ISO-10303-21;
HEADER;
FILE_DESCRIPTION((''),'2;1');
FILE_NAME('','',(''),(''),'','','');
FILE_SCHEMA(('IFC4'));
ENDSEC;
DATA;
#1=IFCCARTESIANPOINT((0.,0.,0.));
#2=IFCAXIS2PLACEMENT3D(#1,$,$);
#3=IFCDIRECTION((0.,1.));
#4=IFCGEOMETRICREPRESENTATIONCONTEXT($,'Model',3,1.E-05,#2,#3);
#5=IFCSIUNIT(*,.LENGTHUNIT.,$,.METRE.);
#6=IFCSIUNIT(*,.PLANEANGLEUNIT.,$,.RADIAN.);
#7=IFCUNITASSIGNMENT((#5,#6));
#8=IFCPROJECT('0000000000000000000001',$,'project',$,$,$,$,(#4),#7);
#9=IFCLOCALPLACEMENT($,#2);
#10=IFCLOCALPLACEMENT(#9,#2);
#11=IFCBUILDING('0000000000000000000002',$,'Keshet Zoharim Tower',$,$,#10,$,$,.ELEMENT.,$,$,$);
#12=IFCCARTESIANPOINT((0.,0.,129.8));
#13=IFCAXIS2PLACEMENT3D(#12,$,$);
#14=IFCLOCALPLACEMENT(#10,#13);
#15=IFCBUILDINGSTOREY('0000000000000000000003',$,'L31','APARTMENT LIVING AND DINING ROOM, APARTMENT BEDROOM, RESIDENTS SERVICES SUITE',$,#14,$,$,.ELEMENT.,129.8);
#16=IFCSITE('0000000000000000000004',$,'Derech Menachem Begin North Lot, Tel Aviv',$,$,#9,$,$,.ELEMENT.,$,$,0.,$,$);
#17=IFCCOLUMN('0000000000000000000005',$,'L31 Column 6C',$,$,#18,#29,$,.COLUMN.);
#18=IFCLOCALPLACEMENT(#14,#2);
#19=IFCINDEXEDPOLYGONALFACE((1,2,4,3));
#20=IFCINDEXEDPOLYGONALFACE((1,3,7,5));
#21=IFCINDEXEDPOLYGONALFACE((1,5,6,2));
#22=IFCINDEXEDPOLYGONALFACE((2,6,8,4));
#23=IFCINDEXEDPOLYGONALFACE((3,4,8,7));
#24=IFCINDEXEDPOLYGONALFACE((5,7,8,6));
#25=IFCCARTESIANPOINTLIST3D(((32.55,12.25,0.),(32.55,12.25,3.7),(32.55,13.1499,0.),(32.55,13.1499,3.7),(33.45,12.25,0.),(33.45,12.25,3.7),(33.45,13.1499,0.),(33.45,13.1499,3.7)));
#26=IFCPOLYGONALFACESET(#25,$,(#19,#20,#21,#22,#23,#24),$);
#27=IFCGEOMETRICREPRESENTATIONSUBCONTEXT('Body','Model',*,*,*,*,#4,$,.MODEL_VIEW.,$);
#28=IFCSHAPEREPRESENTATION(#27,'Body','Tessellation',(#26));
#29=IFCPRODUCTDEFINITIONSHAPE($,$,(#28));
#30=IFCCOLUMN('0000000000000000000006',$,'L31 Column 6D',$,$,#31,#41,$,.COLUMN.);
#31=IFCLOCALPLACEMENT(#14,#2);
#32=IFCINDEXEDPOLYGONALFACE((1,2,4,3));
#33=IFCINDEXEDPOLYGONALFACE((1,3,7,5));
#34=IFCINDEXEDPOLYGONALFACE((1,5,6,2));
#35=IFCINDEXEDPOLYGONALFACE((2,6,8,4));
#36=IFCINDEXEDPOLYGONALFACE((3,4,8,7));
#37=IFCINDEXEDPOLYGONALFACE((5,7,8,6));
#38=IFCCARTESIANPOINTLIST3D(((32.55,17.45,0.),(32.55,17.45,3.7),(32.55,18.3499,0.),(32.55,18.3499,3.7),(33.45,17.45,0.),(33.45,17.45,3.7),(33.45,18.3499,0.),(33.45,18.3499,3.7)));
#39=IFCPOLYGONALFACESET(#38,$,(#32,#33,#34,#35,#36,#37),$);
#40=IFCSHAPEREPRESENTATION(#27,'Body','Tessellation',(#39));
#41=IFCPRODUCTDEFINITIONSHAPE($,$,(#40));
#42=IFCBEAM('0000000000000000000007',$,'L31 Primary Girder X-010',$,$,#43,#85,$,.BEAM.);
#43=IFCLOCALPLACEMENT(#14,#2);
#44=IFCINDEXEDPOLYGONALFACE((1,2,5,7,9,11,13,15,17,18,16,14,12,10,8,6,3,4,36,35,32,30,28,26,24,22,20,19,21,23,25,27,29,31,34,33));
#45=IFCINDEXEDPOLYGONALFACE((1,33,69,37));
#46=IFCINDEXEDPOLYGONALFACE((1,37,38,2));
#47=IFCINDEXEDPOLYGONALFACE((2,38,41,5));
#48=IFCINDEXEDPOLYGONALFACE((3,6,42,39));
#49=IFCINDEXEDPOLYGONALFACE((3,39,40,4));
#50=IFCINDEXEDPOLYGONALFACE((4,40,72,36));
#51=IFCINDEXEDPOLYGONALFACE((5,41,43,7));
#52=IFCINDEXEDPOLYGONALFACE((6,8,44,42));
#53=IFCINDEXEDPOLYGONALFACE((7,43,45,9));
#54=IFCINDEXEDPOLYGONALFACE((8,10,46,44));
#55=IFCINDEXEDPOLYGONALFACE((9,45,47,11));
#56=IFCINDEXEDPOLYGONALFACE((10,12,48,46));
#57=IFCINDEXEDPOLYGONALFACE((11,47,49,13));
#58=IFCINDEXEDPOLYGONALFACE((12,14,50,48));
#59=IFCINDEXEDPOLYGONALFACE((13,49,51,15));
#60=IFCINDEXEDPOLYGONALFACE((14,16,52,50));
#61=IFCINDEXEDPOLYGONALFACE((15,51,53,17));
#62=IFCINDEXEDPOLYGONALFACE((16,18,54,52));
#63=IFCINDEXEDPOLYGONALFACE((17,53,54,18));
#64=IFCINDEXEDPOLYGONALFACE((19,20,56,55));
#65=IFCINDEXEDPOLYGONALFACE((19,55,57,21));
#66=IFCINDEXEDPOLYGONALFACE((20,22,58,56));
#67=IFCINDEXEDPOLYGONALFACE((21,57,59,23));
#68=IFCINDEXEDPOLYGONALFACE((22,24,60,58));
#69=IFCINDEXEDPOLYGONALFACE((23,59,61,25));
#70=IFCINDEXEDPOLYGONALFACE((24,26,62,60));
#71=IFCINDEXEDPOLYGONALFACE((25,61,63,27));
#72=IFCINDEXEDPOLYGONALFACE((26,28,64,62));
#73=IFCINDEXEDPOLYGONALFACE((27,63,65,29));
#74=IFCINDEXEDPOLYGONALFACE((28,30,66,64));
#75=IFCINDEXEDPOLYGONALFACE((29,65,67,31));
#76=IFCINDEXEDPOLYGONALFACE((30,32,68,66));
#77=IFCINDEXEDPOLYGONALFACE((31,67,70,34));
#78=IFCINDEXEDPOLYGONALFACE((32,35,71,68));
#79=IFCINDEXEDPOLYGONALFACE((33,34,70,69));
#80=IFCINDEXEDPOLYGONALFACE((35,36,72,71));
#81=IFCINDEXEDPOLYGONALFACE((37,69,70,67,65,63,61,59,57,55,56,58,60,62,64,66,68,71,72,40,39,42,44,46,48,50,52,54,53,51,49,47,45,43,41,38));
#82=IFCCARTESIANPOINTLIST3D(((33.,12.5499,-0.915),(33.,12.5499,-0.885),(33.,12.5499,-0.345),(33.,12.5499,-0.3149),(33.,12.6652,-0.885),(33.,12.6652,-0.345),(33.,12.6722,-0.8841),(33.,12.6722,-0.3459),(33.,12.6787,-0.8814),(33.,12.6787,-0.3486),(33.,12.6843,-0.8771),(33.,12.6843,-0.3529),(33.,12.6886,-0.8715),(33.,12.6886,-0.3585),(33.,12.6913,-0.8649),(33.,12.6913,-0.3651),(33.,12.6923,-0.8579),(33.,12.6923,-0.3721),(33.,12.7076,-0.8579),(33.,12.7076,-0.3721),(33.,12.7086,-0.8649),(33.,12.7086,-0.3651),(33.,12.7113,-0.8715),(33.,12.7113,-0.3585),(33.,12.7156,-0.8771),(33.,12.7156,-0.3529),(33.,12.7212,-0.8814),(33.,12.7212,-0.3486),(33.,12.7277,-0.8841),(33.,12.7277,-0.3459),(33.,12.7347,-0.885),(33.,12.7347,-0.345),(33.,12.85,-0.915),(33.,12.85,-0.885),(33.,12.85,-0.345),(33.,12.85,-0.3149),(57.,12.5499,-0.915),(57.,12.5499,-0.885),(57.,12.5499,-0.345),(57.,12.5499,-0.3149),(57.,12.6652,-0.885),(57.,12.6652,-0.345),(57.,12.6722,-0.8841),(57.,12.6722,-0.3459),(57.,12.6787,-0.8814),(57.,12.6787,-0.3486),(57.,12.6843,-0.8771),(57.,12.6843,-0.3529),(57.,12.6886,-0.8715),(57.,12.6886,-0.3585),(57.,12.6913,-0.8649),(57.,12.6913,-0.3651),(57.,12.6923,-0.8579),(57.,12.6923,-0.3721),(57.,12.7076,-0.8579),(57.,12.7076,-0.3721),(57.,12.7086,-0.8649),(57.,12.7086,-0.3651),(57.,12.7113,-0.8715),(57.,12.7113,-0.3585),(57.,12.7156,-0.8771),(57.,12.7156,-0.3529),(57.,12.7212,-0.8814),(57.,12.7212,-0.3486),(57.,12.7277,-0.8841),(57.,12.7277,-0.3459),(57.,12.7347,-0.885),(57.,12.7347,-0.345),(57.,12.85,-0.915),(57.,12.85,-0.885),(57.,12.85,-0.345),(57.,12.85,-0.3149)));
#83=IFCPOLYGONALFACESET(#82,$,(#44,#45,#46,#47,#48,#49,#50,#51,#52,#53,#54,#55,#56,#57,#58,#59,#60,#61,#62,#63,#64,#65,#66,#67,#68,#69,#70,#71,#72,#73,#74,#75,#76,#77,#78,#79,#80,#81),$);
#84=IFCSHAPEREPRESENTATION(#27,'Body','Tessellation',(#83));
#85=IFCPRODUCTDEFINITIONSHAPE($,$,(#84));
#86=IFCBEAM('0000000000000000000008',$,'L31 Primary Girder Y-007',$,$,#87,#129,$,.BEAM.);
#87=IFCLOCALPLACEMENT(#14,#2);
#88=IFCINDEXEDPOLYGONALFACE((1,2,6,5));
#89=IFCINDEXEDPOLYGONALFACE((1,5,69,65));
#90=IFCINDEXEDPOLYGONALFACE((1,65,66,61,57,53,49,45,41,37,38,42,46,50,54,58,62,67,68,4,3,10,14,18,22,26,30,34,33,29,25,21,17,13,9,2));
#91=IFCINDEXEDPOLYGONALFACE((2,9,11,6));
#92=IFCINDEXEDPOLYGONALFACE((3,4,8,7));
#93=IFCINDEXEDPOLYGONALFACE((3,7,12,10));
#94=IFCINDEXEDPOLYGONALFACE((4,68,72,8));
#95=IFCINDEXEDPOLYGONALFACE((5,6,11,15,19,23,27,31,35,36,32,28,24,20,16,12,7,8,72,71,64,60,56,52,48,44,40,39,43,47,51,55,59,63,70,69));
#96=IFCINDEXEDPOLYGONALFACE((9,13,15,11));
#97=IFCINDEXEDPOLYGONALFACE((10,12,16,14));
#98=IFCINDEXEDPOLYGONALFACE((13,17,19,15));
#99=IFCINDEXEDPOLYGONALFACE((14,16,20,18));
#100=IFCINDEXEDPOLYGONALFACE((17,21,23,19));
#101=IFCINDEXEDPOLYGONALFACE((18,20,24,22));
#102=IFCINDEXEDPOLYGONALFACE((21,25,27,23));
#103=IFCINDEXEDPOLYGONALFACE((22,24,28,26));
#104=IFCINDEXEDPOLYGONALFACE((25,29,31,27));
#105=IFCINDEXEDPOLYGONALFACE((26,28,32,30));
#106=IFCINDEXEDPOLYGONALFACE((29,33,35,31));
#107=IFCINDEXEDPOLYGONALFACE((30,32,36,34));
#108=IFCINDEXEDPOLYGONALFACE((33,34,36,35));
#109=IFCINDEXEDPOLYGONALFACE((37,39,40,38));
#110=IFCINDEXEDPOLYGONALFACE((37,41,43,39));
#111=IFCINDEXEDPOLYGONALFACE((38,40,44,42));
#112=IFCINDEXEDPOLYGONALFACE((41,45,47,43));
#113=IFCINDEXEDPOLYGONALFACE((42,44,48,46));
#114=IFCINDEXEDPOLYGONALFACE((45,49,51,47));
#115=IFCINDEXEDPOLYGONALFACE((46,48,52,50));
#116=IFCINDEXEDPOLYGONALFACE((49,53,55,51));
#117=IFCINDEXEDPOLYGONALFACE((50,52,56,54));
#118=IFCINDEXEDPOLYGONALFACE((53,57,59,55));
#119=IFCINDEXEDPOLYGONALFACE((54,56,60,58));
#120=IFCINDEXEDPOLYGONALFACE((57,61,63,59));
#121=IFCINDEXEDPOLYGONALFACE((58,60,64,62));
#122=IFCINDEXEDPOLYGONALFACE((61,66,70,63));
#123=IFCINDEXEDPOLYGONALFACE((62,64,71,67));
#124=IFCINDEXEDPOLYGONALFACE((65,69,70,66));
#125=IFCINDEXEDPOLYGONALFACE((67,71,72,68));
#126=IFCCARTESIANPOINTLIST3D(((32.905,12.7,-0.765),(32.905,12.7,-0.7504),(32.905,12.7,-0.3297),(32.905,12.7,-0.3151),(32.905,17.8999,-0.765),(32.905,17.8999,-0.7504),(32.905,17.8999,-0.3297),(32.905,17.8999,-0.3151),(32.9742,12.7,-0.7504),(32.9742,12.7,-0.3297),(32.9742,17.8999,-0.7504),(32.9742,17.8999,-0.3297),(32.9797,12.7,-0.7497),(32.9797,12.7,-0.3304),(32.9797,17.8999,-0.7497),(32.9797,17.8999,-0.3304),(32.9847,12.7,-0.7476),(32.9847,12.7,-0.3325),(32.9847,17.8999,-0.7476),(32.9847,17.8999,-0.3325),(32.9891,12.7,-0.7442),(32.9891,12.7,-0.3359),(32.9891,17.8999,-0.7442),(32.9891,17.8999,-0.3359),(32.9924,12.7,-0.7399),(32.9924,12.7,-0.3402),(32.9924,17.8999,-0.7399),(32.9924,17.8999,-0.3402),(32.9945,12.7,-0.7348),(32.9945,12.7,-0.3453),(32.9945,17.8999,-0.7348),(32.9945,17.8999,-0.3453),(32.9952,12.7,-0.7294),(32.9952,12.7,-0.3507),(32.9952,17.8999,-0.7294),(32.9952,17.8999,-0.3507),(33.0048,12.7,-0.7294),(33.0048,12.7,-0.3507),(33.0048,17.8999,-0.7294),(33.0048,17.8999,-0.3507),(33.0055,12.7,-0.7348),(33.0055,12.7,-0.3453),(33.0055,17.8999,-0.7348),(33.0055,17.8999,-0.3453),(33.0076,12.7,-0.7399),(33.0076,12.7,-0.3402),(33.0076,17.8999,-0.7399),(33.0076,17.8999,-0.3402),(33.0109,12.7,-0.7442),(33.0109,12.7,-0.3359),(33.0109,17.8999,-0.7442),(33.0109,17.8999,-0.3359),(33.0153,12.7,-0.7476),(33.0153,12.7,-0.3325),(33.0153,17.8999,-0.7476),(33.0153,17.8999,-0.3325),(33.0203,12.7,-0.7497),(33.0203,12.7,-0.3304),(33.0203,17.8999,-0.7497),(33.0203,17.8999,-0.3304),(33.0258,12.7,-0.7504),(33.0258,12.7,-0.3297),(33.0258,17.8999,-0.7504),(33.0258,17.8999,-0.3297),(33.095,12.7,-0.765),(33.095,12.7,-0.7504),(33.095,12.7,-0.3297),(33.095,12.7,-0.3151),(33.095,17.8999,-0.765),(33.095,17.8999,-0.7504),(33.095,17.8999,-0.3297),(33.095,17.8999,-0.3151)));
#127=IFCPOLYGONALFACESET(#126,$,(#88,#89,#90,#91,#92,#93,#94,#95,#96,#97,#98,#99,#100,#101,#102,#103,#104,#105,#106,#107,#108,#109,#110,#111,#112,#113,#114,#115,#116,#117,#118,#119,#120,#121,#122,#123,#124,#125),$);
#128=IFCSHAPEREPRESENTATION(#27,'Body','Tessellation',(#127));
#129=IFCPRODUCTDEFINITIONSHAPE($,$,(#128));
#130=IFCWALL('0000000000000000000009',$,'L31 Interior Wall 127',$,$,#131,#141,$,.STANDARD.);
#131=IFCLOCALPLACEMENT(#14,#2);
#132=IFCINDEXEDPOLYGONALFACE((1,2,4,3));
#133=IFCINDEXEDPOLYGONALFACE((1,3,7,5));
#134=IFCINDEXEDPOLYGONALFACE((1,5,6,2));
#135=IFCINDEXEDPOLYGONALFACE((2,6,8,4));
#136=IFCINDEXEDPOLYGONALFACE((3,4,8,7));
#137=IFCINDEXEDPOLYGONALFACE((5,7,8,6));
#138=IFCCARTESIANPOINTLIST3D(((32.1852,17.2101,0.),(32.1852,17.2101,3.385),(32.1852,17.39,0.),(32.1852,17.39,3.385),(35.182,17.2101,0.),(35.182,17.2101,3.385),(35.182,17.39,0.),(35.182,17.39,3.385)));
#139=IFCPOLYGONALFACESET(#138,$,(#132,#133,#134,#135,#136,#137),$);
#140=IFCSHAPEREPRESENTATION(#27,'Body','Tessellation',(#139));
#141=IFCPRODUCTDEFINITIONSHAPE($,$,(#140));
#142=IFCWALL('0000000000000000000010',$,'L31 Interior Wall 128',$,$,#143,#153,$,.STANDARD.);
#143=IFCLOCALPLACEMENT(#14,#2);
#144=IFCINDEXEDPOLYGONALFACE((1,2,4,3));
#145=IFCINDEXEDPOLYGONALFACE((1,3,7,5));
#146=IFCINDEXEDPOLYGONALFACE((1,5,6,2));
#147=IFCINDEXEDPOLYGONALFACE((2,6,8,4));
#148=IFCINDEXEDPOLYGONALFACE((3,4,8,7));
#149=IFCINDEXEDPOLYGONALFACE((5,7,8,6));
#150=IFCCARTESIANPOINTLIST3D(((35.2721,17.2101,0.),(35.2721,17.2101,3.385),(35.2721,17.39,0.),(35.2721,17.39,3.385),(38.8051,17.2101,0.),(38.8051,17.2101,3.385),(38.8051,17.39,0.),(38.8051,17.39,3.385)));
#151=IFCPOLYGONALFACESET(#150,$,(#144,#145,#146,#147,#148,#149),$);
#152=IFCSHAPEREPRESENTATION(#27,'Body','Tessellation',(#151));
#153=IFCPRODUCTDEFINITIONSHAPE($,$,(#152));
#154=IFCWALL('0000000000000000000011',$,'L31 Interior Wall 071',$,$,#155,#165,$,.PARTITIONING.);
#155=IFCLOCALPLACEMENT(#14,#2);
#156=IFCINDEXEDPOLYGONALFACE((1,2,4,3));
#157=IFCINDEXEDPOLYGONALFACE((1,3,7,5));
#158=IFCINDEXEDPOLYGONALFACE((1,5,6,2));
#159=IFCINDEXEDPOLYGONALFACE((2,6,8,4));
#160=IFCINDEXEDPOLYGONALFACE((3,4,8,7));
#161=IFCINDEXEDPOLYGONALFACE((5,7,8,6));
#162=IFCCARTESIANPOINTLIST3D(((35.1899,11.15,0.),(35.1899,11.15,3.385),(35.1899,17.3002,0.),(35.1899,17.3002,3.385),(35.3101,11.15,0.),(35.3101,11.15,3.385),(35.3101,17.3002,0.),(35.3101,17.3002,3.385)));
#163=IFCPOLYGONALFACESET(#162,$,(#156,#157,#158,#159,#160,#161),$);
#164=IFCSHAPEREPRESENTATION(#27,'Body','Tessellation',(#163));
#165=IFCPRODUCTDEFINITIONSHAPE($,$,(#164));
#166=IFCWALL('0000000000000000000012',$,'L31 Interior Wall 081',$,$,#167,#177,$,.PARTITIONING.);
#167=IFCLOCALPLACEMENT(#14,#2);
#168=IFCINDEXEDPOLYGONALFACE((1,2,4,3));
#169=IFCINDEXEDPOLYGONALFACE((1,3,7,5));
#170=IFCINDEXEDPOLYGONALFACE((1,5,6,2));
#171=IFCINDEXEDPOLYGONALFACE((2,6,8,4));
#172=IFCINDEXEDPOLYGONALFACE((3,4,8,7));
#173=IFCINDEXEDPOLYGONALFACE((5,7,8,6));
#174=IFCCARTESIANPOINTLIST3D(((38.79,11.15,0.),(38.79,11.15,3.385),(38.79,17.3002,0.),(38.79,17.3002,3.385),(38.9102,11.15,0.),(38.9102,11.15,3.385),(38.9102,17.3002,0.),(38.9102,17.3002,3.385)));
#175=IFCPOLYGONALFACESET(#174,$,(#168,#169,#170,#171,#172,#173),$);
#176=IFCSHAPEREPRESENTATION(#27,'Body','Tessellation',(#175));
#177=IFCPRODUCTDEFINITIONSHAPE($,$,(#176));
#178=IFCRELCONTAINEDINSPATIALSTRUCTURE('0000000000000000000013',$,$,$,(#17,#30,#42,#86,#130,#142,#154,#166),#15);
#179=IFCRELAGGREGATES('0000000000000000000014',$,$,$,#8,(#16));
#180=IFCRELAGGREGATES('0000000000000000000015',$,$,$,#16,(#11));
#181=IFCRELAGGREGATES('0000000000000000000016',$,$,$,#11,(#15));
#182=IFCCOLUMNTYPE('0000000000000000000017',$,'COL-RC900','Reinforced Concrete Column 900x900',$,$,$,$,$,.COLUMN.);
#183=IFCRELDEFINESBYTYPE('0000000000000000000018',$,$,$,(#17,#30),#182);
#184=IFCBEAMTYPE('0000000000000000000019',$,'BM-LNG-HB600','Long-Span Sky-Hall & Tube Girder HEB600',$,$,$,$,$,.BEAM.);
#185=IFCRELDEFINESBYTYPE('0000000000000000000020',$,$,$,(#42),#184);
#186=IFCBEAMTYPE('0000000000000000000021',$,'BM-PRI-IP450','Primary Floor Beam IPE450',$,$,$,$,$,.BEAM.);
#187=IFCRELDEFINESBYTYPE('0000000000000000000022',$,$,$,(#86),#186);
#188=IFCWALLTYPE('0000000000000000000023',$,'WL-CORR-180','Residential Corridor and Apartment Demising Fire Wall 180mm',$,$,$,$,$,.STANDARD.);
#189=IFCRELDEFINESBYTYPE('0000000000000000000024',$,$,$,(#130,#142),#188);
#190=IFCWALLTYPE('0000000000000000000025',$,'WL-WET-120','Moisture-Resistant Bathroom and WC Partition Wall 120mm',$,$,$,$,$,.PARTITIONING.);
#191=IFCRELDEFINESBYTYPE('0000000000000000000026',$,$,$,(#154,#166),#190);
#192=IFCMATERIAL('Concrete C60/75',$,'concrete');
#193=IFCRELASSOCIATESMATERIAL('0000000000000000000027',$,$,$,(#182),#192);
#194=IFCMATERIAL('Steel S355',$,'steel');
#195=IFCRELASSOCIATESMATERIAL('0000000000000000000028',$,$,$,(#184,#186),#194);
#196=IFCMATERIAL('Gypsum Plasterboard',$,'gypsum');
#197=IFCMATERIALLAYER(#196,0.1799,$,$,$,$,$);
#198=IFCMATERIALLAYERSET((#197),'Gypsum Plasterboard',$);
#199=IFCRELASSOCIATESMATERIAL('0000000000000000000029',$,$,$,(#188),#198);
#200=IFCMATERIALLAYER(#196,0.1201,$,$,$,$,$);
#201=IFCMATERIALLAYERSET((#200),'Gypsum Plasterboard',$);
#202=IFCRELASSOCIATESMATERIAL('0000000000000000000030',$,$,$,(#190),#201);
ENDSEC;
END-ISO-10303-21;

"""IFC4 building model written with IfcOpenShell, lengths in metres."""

from ifc_helpers import new_model, si_unit, direction, frame, frame_2d, origin, origin_2d, place, context, subcontext, project, spatial, rectangle, i_section, extrude, material, layer, layer_set, material_profile, profile_set, type_object, element, save


model = new_model("IFC4")

# Units and contexts
model_context = context("Model", 3, precision=1e-05, world=origin(), true_north=direction((0.0, 1.0)))
body_context = subcontext(model_context, "Body", "Model", "MODEL_VIEW")
ifc_project = project(units=[si_unit("LENGTHUNIT", "METRE"), si_unit("PLANEANGLEUNIT", "RADIAN")], contexts=[model_context])

# Site, building, storey
site_placement = place(None, origin())
site = spatial("IfcSite", under=ifc_project, at=site_placement, Name="Derech Menachem Begin North Lot, Tel Aviv", CompositionType="ELEMENT", RefElevation=0.0)
building_placement = place(site_placement, origin())
building = spatial("IfcBuilding", under=site, at=building_placement, Name="Keshet Zoharim Tower", CompositionType="ELEMENT")
storey_placement = place(building_placement, frame((0.0, 0.0, 129.8)))
storey = spatial("IfcBuildingStorey", under=building, at=storey_placement, Name="L31", Description="APARTMENT LIVING AND DINING ROOM, APARTMENT BEDROOM, RESIDENTS SERVICES SUITE", CompositionType="ELEMENT", Elevation=129.8)

# Columns
ifc_material_1 = material(Name="Concrete C60/75", Category="concrete")
ifc_material_profile_1 = material_profile(ifc_material_1, rectangle(XDim=0.8999, YDim=0.8999, at=origin_2d()), Name="RC900x900")
ifc_profile_set_1 = profile_set([ifc_material_profile_1], Name="Concrete C60/75")
column_type = type_object("IfcColumnType", Name="COL-RC900", Description="Reinforced Concrete Column 900x900", PredefinedType="COLUMN", material=ifc_profile_set_1)
for number, where, z_axis, x_axis, name in (
    (1, (33.0, 12.7, 0.0), (0.0, 0.0, 1.0), (1.0, 0.0, 0.0), "L31 Column 6C"),
    (2, (33.0, 17.8999, 0.0), (0.0, 0.0, 1.0), (1.0, 0.0, 0.0), "L31 Column 6D"),
):
    element("IfcColumn", number, at=place(storey_placement, frame(where, z_axis=z_axis, x_axis=x_axis)), inside=storey, type_object=column_type, Name=name, PredefinedType="COLUMN", context=body_context, shape_type="SweptSolid", body=[
        extrude(rectangle(XDim=0.8999, YDim=0.8999, at=origin_2d()), origin(), (0.0, 0.0, 1.0), 3.7),
    ])

# Beams
ifc_material_2 = material(Name="Steel S355", Category="steel")
ifc_material_profile_2 = material_profile(ifc_material_2, i_section(OverallWidth=0.3, OverallDepth=0.6001, WebThickness=0.0154, FlangeThickness=0.03, FilletRadius=0.0271, at=origin_2d()), Name="HEB600")
ifc_profile_set_2 = profile_set([ifc_material_profile_2], Name="Steel S355")
beam_type_1 = type_object("IfcBeamType", Name="BM-LNG-HB600", Description="Long-Span Sky-Hall & Tube Girder HEB600", PredefinedType="BEAM", material=ifc_profile_set_2)
beam_1_placement = place(storey_placement, frame((33.0, 12.7, -0.615), z_axis=(1.0, 0.0, 0.0), x_axis=(0.0, 1.0, 0.0)))
element("IfcBeam", 3, at=beam_1_placement, inside=storey, type_object=beam_type_1, Name="L31 Primary Girder X-010", PredefinedType="BEAM", context=body_context, shape_type="SweptSolid", body=[
    extrude(i_section(OverallWidth=0.3, OverallDepth=0.6001, WebThickness=0.0154, FlangeThickness=0.03, FilletRadius=0.0271, at=origin_2d()), origin(), (0.0, 0.0, 1.0), 24.0),
])
ifc_material_profile_3 = material_profile(ifc_material_2, i_section(OverallWidth=0.1899, OverallDepth=0.45, WebThickness=0.0095, FlangeThickness=0.0146, FilletRadius=0.021, at=origin_2d()), Name="IPE450")
ifc_profile_set_3 = profile_set([ifc_material_profile_3], Name="Steel S355")
beam_type_2 = type_object("IfcBeamType", Name="BM-PRI-IP450", Description="Primary Floor Beam IPE450", PredefinedType="BEAM", material=ifc_profile_set_3)
beam_2_placement = place(storey_placement, frame((33.0, 12.7, -0.54), z_axis=(0.0, 1.0, 0.0), x_axis=(-1.0, 0.0, 0.0)))
element("IfcBeam", 4, at=beam_2_placement, inside=storey, type_object=beam_type_2, Name="L31 Primary Girder Y-007", PredefinedType="BEAM", context=body_context, shape_type="SweptSolid", body=[
    extrude(i_section(OverallWidth=0.1899, OverallDepth=0.45, WebThickness=0.0095, FlangeThickness=0.0146, FilletRadius=0.021, at=origin_2d()), origin(), (0.0, 0.0, 1.0), 5.2),
])

# Shared definitions
ifc_material_3 = material(Name="Gypsum Plasterboard", Category="gypsum")
ifc_layer_1 = layer(ifc_material_3, 0.1799)
ifc_layer_set_1 = layer_set([ifc_layer_1], Name="Gypsum Plasterboard")
wall_type_1 = type_object("IfcWallType", Name="WL-CORR-180", Description="Residential Corridor and Apartment Demising Fire Wall 180mm", PredefinedType="STANDARD", material=ifc_layer_set_1)

# Walls
wall_1_placement = place(storey_placement, frame((32.1851, 17.3, 0.0), z_axis=(0.0, 0.0, 1.0), x_axis=(1.0, 0.0, 0.0)))
element("IfcWall", 5, at=wall_1_placement, inside=storey, type_object=wall_type_1, Name="L31 Interior Wall 127", PredefinedType="STANDARD", context=body_context, shape_type="SweptSolid", body=[
    extrude(rectangle(XDim=2.9968, YDim=0.1799, at=frame_2d((1.4985, 0.0))), origin(), (0.0, 0.0, 1.0), 3.385),
])
wall_2_placement = place(storey_placement, frame((35.272, 17.3, 0.0), z_axis=(0.0, 0.0, 1.0), x_axis=(1.0, 0.0, 0.0)))
element("IfcWall", 6, at=wall_2_placement, inside=storey, type_object=wall_type_1, Name="L31 Interior Wall 128", PredefinedType="STANDARD", context=body_context, shape_type="SweptSolid", body=[
    extrude(rectangle(XDim=3.533, YDim=0.1799, at=frame_2d((1.7666, 0.0))), origin(), (0.0, 0.0, 1.0), 3.385),
])

# Walls
ifc_layer_2 = layer(ifc_material_3, 0.1201)
ifc_layer_set_2 = layer_set([ifc_layer_2], Name="Gypsum Plasterboard")
wall_type_2 = type_object("IfcWallType", Name="WL-WET-120", Description="Moisture-Resistant Bathroom and WC Partition Wall 120mm", PredefinedType="PARTITIONING", material=ifc_layer_set_2)
for number, where, z_axis, x_axis, name in (
    (7, (35.25, 11.1499, 0.0), (0.0, 0.0, 1.0), (0.0, 1.0, 0.0), "L31 Interior Wall 071"),
    (8, (38.8501, 11.1499, 0.0), (0.0, 0.0, 1.0), (0.0, 1.0, 0.0), "L31 Interior Wall 081"),
):
    element("IfcWall", number, at=place(storey_placement, frame(where, z_axis=z_axis, x_axis=x_axis)), inside=storey, type_object=wall_type_2, Name=name, PredefinedType="PARTITIONING", context=body_context, shape_type="SweptSolid", body=[
        extrude(rectangle(XDim=6.1501, YDim=0.1201, at=frame_2d((3.0752, 0.0))), origin(), (0.0, 0.0, 1.0), 3.385),
    ])

save(model, "model.ifc")
